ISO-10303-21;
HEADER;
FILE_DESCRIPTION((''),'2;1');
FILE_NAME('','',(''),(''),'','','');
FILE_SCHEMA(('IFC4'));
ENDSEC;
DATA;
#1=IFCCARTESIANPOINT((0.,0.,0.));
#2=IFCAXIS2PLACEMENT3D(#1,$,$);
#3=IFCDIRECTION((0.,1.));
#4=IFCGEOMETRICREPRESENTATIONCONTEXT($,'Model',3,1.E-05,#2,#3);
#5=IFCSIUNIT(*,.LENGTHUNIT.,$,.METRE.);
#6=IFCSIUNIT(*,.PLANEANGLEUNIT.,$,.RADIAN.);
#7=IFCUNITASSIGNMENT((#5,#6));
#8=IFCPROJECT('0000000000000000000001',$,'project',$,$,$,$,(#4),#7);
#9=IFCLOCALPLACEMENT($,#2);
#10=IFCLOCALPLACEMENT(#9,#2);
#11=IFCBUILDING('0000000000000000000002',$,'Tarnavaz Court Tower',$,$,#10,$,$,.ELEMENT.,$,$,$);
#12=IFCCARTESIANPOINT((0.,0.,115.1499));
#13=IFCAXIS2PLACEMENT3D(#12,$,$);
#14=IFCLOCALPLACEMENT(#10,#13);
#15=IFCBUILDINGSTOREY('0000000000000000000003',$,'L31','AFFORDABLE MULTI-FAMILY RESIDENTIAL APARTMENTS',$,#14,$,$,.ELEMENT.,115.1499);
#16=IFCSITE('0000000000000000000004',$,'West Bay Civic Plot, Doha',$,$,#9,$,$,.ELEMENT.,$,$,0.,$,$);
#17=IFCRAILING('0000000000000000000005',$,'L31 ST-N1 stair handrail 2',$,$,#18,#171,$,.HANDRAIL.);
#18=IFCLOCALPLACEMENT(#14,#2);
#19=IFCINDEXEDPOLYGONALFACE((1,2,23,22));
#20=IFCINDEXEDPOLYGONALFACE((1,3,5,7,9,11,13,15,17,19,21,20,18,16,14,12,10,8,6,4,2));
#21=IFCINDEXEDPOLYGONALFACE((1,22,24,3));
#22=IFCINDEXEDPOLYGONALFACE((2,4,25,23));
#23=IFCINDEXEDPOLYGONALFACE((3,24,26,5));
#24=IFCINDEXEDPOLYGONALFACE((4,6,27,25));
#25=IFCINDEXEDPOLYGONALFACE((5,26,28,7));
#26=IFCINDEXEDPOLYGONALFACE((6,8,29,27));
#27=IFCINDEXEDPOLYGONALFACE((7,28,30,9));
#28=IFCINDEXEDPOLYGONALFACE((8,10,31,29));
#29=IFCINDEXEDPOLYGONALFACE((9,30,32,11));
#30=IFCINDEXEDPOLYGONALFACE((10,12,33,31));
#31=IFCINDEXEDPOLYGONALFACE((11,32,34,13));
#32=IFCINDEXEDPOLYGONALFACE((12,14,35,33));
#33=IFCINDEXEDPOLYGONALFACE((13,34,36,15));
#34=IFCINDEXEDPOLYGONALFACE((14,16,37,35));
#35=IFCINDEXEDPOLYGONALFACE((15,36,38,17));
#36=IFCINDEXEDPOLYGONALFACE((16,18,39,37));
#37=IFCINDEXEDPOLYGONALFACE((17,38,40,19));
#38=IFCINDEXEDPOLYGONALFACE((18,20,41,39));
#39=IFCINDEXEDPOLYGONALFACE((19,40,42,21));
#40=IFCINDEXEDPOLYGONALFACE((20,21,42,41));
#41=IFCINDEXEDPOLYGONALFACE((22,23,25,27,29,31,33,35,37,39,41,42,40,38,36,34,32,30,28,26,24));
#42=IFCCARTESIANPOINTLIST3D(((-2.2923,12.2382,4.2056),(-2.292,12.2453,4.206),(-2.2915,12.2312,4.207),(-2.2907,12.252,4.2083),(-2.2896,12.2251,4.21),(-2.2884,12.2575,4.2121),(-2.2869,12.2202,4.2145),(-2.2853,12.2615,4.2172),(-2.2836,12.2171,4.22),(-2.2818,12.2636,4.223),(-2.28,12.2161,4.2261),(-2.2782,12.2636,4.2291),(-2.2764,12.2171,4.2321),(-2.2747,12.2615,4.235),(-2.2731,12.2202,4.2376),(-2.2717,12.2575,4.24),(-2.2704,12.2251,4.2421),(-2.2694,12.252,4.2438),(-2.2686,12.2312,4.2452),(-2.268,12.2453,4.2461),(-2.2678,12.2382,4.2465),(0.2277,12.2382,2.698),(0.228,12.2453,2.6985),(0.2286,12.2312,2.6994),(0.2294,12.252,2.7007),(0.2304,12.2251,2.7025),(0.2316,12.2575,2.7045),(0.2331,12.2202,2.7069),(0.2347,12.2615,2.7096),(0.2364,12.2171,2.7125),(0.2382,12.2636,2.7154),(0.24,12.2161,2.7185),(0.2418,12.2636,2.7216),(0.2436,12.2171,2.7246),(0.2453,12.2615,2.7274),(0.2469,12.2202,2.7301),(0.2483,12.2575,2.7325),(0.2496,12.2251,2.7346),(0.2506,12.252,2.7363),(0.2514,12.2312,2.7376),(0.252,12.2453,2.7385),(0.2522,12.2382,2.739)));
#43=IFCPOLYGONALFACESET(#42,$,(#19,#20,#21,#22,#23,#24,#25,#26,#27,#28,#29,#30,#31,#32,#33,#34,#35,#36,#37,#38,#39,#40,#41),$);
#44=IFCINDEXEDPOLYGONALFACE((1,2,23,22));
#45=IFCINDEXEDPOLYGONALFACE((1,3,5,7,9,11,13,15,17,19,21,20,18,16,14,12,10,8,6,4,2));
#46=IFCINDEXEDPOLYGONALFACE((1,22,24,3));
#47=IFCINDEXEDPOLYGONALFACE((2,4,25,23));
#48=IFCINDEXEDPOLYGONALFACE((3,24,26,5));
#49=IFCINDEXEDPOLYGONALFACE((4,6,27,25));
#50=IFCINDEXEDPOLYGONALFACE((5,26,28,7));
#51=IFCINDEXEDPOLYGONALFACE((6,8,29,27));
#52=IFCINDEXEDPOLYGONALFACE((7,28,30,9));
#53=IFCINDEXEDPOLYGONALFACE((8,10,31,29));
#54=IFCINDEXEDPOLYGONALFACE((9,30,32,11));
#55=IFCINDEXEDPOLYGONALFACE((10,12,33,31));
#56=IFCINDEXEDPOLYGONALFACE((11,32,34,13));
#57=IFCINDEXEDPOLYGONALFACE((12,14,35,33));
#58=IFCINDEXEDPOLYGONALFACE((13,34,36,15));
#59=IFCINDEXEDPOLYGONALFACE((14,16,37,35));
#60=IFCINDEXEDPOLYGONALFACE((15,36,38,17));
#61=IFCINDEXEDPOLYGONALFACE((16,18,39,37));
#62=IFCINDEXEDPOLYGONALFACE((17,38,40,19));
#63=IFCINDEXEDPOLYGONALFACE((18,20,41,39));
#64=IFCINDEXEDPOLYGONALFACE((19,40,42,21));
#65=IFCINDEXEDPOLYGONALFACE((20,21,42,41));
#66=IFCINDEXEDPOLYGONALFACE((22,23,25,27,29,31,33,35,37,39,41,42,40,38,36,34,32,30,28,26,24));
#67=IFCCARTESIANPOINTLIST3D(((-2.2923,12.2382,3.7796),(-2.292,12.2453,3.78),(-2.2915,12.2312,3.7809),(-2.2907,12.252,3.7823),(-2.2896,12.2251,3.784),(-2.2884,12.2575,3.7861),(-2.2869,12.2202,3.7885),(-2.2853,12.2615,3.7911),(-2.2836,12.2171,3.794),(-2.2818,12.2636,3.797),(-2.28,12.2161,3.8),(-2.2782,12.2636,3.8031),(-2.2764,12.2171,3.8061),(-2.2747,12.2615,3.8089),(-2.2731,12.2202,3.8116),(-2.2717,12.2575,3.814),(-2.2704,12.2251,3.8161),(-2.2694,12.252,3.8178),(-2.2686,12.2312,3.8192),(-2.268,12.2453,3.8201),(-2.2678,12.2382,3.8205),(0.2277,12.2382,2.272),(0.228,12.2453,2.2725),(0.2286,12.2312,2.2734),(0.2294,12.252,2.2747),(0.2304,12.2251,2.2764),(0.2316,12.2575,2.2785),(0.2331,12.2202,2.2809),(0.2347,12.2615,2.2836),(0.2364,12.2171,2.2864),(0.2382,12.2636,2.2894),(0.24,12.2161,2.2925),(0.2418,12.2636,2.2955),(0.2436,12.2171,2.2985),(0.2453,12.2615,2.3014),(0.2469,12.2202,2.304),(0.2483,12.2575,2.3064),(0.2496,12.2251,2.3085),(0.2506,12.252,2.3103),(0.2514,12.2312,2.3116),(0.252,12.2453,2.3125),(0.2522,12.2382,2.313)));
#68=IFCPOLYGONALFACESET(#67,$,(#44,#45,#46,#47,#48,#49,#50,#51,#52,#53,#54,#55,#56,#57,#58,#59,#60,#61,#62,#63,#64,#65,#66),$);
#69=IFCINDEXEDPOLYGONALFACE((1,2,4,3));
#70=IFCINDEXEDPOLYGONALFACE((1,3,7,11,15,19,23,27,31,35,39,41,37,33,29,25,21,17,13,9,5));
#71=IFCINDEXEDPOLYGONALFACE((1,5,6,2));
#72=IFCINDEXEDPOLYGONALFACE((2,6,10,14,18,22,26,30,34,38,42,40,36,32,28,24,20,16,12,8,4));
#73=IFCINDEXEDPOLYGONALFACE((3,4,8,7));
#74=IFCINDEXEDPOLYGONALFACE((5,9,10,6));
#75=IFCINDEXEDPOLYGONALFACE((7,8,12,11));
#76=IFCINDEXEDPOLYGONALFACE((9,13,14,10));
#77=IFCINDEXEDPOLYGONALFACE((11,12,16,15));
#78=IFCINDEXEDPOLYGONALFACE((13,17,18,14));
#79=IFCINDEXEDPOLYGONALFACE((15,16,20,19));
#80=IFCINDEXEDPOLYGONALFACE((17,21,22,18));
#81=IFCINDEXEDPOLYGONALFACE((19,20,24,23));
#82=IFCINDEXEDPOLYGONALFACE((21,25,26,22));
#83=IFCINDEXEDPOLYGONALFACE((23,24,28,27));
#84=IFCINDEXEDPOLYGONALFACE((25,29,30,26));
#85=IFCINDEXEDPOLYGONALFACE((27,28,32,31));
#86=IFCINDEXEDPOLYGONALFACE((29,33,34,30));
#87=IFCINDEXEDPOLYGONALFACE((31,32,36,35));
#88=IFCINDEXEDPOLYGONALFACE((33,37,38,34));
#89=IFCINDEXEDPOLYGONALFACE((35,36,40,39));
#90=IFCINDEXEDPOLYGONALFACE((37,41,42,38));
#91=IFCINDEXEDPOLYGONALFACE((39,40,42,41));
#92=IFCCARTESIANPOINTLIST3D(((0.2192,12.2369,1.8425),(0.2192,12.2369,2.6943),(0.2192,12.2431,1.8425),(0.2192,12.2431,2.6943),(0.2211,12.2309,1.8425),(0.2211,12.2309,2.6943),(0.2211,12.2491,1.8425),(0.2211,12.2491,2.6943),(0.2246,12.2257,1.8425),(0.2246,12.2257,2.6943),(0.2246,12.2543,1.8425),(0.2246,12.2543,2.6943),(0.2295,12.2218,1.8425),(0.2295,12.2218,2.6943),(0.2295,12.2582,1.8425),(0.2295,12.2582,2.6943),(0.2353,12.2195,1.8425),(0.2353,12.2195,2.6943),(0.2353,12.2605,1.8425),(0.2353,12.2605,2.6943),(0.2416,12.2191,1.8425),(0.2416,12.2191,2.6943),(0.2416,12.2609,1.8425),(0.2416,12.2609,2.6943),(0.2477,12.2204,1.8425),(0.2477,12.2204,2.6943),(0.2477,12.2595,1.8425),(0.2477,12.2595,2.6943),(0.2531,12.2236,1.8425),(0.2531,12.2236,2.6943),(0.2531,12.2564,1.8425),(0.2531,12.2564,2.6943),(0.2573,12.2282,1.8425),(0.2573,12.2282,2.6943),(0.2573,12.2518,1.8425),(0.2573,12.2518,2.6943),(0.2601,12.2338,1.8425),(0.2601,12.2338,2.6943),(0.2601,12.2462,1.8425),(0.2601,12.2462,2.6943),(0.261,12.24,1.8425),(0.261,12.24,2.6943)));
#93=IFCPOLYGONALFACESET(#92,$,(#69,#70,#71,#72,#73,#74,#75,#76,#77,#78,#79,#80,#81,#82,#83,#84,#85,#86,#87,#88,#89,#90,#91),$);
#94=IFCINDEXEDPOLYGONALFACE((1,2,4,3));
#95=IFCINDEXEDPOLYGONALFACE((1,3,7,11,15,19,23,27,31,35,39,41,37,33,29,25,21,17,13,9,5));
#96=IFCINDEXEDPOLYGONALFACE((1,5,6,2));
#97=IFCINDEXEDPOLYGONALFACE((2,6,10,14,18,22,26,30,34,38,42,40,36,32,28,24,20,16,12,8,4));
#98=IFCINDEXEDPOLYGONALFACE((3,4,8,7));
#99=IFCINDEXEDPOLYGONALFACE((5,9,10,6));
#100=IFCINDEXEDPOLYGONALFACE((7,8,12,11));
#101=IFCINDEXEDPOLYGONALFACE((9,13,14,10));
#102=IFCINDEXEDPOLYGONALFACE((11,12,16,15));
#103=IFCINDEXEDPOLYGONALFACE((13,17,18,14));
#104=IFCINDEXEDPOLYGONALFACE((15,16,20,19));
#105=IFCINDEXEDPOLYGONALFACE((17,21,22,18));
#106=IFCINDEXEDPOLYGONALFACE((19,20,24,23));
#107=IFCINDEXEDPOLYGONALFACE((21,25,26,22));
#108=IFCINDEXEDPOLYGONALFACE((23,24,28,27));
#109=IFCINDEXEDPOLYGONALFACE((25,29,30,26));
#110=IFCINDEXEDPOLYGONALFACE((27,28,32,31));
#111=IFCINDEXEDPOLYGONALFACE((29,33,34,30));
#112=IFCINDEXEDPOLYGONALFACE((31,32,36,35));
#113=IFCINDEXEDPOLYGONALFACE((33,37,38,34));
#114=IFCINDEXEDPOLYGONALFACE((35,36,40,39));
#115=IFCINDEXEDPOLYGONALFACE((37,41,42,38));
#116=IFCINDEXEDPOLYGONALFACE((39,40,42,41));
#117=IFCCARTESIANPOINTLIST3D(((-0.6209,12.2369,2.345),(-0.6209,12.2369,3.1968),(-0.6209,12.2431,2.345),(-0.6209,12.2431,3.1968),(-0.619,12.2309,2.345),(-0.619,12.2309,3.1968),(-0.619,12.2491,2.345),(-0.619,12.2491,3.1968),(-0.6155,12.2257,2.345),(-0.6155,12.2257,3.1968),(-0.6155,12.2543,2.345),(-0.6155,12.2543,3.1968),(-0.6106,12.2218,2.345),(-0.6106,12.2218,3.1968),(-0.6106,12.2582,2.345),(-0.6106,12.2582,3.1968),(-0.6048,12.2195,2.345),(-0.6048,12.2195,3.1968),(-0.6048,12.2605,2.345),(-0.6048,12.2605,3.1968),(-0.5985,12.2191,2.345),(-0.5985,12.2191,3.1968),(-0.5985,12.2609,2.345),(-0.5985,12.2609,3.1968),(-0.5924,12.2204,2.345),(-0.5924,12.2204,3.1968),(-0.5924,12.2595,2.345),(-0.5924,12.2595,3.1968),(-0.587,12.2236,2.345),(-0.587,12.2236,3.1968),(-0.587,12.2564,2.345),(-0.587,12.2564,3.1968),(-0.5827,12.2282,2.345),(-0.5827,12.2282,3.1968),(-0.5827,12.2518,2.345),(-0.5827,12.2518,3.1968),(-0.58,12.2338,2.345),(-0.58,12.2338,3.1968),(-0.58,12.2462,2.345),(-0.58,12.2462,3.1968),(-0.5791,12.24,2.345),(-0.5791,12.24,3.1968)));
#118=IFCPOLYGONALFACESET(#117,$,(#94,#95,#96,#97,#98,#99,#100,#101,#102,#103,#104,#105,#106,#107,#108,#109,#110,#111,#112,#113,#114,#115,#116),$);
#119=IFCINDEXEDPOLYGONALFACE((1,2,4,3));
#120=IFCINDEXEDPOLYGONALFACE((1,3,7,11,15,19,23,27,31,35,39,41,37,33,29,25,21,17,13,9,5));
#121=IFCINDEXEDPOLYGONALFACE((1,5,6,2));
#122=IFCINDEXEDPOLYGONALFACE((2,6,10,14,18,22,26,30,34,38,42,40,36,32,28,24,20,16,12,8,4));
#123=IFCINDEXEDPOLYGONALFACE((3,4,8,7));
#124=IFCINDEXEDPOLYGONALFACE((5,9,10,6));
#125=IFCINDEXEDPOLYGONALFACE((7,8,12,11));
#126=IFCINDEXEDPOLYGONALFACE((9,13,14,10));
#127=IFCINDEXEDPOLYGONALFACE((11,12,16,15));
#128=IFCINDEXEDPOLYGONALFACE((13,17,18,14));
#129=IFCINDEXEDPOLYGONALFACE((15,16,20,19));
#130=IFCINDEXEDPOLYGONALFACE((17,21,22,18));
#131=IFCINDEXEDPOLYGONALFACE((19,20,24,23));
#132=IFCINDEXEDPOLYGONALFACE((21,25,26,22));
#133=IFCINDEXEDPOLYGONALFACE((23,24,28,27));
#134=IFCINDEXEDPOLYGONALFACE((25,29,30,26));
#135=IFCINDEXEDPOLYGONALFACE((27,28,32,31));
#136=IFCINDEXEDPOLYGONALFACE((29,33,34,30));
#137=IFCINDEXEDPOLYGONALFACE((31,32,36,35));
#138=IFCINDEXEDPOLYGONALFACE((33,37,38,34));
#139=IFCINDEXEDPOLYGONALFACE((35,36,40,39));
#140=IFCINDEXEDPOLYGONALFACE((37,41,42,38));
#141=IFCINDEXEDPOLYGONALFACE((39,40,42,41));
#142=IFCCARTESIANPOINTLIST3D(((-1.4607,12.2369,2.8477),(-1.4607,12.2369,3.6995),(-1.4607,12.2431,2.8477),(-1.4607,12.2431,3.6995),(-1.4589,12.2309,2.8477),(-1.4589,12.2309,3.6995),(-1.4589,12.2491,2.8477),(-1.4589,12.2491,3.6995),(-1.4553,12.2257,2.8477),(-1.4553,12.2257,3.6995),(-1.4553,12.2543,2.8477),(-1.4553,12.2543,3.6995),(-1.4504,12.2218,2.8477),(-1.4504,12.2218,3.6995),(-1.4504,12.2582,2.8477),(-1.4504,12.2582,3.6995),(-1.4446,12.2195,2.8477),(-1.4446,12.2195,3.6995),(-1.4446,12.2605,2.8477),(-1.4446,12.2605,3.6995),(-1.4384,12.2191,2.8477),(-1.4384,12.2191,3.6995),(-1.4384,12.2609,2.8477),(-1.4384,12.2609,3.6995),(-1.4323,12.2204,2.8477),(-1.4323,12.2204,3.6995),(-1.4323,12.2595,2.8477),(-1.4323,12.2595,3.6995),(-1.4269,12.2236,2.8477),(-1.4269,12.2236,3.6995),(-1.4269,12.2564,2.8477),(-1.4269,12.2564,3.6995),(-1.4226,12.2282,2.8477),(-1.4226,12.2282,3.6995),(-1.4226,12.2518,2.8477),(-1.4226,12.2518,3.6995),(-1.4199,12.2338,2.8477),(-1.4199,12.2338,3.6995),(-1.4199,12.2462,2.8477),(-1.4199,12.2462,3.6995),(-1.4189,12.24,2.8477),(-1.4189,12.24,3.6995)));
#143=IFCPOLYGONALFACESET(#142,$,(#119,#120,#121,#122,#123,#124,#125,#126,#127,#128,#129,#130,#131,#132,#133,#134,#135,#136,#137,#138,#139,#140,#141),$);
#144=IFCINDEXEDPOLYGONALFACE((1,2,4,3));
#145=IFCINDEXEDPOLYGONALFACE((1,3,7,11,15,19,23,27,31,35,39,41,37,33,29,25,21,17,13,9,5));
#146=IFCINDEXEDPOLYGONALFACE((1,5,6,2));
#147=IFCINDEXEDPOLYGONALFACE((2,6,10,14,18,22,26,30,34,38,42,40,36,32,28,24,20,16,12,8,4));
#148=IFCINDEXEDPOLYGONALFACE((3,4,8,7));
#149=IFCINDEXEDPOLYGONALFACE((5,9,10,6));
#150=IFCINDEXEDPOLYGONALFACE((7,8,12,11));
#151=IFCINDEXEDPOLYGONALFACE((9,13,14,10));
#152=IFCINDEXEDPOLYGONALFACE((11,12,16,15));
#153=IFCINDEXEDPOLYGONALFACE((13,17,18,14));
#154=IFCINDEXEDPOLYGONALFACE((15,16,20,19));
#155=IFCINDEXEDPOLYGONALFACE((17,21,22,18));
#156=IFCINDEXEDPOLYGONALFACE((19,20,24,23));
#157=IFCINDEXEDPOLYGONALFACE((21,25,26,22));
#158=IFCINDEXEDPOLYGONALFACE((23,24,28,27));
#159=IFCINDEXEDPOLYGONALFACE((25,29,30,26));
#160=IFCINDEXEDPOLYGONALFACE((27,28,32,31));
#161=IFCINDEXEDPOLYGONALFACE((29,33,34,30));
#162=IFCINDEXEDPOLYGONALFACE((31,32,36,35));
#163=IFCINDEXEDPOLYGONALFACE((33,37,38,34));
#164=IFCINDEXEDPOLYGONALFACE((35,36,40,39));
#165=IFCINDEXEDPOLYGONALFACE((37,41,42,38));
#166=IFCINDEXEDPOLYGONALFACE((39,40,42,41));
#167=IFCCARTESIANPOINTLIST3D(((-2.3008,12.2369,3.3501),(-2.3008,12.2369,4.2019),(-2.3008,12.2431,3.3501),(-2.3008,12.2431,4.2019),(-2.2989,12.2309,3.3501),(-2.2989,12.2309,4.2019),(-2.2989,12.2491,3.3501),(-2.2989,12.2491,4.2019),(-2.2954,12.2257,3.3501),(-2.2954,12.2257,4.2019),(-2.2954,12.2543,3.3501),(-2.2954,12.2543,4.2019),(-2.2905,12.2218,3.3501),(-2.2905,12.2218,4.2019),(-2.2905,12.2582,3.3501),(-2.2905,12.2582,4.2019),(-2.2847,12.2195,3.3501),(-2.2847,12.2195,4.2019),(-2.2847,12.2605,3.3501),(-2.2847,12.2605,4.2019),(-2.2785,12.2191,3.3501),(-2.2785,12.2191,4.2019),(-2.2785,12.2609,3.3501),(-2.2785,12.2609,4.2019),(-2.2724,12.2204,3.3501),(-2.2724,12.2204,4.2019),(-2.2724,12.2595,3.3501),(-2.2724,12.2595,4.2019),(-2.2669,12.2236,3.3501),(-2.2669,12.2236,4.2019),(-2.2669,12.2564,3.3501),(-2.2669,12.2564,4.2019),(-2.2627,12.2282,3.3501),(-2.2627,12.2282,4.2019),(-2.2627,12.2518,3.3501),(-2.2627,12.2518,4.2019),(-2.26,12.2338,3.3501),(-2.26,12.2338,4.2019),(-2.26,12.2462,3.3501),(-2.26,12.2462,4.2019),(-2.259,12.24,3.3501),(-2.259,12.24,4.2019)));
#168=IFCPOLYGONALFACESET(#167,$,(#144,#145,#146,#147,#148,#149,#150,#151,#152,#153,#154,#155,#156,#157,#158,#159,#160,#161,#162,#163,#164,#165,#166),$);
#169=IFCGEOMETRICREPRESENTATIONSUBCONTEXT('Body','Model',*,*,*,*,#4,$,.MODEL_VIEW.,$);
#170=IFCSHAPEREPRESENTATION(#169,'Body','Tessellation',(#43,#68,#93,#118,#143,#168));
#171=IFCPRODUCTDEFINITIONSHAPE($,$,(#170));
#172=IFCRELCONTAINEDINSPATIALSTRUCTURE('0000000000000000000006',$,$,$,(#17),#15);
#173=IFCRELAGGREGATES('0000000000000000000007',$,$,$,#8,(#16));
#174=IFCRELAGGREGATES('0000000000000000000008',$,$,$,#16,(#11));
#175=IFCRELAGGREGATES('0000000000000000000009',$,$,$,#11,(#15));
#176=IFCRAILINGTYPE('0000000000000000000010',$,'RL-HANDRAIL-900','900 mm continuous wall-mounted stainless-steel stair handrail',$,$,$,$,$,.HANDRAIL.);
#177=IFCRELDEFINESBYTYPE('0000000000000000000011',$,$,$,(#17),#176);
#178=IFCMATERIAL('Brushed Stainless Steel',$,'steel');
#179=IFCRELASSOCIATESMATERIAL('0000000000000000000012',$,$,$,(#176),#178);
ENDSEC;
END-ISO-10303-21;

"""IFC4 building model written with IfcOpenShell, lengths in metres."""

from ifc_helpers import new_model, si_unit, direction, frame, origin, origin_2d, place, context, subcontext, project, spatial, circle, extrude, material, type_object, element, save


model = new_model("IFC4")

# Units and contexts
model_context = context("Model", 3, precision=1e-05, world=origin(), true_north=direction((0.0, 1.0)))
body_context = subcontext(model_context, "Body", "Model", "MODEL_VIEW")
ifc_project = project(units=[si_unit("LENGTHUNIT", "METRE"), si_unit("PLANEANGLEUNIT", "RADIAN")], contexts=[model_context])

# Site, building, storey
site_placement = place(None, origin())
site = spatial("IfcSite", under=ifc_project, at=site_placement, Name="West Bay Civic Plot, Doha", CompositionType="ELEMENT", RefElevation=0.0)
building_placement = place(site_placement, origin())
building = spatial("IfcBuilding", under=site, at=building_placement, Name="Tarnavaz Court Tower", CompositionType="ELEMENT")
storey_placement = place(building_placement, frame((0.0, 0.0, 115.1499)))
storey = spatial("IfcBuildingStorey", under=building, at=storey_placement, Name="L31", Description="AFFORDABLE MULTI-FAMILY RESIDENTIAL APARTMENTS", CompositionType="ELEMENT", Elevation=115.1499)

# Railing
ifc_material_1 = material(Name="Brushed Stainless Steel", Category="steel")
railing_type_1 = type_object("IfcRailingType", Name="RL-HANDRAIL-900", Description="900 mm continuous wall-mounted stainless-steel stair handrail", PredefinedType="HANDRAIL", material=ifc_material_1)
railing_1_placement = place(storey_placement, frame((0.24, 12.24, 1.8425)))
element("IfcRailing", 1, at=railing_1_placement, inside=storey, type_object=railing_type_1, Name="L31 ST-N1 stair handrail 2", PredefinedType="HANDRAIL", context=body_context, shape_type="SweptSolid", body=[
    extrude(circle(Radius=0.0239, at=origin_2d()), frame((0.0, 0.0, 0.876), z_axis=(-0.85816, 0.0, 0.513383), x_axis=(0.0, -1.0, 0.0)), (0.0, 0.0, 1.0), 2.9365),
    extrude(circle(Radius=0.0239, at=origin_2d()), frame((0.0, 0.0, 0.45), z_axis=(-0.85816, 0.0, 0.513383), x_axis=(0.0, -1.0, 0.0)), (0.0, 0.0, 1.0), 2.9365),
    extrude(circle(Radius=0.021, at=origin_2d()), origin(), (0.0, 0.0, 1.0), 0.8518),
    extrude(circle(Radius=0.021, at=origin_2d()), frame((-0.8401, 0.0, 0.5024)), (0.0, 0.0, 1.0), 0.8518),
    extrude(circle(Radius=0.021, at=origin_2d()), frame((-1.6799, 0.0, 1.0051)), (0.0, 0.0, 1.0), 0.8518),
    extrude(circle(Radius=0.021, at=origin_2d()), frame((-2.52, 0.0, 1.5076)), (0.0, 0.0, 1.0), 0.8518),
])

save(model, "model.ifc")
